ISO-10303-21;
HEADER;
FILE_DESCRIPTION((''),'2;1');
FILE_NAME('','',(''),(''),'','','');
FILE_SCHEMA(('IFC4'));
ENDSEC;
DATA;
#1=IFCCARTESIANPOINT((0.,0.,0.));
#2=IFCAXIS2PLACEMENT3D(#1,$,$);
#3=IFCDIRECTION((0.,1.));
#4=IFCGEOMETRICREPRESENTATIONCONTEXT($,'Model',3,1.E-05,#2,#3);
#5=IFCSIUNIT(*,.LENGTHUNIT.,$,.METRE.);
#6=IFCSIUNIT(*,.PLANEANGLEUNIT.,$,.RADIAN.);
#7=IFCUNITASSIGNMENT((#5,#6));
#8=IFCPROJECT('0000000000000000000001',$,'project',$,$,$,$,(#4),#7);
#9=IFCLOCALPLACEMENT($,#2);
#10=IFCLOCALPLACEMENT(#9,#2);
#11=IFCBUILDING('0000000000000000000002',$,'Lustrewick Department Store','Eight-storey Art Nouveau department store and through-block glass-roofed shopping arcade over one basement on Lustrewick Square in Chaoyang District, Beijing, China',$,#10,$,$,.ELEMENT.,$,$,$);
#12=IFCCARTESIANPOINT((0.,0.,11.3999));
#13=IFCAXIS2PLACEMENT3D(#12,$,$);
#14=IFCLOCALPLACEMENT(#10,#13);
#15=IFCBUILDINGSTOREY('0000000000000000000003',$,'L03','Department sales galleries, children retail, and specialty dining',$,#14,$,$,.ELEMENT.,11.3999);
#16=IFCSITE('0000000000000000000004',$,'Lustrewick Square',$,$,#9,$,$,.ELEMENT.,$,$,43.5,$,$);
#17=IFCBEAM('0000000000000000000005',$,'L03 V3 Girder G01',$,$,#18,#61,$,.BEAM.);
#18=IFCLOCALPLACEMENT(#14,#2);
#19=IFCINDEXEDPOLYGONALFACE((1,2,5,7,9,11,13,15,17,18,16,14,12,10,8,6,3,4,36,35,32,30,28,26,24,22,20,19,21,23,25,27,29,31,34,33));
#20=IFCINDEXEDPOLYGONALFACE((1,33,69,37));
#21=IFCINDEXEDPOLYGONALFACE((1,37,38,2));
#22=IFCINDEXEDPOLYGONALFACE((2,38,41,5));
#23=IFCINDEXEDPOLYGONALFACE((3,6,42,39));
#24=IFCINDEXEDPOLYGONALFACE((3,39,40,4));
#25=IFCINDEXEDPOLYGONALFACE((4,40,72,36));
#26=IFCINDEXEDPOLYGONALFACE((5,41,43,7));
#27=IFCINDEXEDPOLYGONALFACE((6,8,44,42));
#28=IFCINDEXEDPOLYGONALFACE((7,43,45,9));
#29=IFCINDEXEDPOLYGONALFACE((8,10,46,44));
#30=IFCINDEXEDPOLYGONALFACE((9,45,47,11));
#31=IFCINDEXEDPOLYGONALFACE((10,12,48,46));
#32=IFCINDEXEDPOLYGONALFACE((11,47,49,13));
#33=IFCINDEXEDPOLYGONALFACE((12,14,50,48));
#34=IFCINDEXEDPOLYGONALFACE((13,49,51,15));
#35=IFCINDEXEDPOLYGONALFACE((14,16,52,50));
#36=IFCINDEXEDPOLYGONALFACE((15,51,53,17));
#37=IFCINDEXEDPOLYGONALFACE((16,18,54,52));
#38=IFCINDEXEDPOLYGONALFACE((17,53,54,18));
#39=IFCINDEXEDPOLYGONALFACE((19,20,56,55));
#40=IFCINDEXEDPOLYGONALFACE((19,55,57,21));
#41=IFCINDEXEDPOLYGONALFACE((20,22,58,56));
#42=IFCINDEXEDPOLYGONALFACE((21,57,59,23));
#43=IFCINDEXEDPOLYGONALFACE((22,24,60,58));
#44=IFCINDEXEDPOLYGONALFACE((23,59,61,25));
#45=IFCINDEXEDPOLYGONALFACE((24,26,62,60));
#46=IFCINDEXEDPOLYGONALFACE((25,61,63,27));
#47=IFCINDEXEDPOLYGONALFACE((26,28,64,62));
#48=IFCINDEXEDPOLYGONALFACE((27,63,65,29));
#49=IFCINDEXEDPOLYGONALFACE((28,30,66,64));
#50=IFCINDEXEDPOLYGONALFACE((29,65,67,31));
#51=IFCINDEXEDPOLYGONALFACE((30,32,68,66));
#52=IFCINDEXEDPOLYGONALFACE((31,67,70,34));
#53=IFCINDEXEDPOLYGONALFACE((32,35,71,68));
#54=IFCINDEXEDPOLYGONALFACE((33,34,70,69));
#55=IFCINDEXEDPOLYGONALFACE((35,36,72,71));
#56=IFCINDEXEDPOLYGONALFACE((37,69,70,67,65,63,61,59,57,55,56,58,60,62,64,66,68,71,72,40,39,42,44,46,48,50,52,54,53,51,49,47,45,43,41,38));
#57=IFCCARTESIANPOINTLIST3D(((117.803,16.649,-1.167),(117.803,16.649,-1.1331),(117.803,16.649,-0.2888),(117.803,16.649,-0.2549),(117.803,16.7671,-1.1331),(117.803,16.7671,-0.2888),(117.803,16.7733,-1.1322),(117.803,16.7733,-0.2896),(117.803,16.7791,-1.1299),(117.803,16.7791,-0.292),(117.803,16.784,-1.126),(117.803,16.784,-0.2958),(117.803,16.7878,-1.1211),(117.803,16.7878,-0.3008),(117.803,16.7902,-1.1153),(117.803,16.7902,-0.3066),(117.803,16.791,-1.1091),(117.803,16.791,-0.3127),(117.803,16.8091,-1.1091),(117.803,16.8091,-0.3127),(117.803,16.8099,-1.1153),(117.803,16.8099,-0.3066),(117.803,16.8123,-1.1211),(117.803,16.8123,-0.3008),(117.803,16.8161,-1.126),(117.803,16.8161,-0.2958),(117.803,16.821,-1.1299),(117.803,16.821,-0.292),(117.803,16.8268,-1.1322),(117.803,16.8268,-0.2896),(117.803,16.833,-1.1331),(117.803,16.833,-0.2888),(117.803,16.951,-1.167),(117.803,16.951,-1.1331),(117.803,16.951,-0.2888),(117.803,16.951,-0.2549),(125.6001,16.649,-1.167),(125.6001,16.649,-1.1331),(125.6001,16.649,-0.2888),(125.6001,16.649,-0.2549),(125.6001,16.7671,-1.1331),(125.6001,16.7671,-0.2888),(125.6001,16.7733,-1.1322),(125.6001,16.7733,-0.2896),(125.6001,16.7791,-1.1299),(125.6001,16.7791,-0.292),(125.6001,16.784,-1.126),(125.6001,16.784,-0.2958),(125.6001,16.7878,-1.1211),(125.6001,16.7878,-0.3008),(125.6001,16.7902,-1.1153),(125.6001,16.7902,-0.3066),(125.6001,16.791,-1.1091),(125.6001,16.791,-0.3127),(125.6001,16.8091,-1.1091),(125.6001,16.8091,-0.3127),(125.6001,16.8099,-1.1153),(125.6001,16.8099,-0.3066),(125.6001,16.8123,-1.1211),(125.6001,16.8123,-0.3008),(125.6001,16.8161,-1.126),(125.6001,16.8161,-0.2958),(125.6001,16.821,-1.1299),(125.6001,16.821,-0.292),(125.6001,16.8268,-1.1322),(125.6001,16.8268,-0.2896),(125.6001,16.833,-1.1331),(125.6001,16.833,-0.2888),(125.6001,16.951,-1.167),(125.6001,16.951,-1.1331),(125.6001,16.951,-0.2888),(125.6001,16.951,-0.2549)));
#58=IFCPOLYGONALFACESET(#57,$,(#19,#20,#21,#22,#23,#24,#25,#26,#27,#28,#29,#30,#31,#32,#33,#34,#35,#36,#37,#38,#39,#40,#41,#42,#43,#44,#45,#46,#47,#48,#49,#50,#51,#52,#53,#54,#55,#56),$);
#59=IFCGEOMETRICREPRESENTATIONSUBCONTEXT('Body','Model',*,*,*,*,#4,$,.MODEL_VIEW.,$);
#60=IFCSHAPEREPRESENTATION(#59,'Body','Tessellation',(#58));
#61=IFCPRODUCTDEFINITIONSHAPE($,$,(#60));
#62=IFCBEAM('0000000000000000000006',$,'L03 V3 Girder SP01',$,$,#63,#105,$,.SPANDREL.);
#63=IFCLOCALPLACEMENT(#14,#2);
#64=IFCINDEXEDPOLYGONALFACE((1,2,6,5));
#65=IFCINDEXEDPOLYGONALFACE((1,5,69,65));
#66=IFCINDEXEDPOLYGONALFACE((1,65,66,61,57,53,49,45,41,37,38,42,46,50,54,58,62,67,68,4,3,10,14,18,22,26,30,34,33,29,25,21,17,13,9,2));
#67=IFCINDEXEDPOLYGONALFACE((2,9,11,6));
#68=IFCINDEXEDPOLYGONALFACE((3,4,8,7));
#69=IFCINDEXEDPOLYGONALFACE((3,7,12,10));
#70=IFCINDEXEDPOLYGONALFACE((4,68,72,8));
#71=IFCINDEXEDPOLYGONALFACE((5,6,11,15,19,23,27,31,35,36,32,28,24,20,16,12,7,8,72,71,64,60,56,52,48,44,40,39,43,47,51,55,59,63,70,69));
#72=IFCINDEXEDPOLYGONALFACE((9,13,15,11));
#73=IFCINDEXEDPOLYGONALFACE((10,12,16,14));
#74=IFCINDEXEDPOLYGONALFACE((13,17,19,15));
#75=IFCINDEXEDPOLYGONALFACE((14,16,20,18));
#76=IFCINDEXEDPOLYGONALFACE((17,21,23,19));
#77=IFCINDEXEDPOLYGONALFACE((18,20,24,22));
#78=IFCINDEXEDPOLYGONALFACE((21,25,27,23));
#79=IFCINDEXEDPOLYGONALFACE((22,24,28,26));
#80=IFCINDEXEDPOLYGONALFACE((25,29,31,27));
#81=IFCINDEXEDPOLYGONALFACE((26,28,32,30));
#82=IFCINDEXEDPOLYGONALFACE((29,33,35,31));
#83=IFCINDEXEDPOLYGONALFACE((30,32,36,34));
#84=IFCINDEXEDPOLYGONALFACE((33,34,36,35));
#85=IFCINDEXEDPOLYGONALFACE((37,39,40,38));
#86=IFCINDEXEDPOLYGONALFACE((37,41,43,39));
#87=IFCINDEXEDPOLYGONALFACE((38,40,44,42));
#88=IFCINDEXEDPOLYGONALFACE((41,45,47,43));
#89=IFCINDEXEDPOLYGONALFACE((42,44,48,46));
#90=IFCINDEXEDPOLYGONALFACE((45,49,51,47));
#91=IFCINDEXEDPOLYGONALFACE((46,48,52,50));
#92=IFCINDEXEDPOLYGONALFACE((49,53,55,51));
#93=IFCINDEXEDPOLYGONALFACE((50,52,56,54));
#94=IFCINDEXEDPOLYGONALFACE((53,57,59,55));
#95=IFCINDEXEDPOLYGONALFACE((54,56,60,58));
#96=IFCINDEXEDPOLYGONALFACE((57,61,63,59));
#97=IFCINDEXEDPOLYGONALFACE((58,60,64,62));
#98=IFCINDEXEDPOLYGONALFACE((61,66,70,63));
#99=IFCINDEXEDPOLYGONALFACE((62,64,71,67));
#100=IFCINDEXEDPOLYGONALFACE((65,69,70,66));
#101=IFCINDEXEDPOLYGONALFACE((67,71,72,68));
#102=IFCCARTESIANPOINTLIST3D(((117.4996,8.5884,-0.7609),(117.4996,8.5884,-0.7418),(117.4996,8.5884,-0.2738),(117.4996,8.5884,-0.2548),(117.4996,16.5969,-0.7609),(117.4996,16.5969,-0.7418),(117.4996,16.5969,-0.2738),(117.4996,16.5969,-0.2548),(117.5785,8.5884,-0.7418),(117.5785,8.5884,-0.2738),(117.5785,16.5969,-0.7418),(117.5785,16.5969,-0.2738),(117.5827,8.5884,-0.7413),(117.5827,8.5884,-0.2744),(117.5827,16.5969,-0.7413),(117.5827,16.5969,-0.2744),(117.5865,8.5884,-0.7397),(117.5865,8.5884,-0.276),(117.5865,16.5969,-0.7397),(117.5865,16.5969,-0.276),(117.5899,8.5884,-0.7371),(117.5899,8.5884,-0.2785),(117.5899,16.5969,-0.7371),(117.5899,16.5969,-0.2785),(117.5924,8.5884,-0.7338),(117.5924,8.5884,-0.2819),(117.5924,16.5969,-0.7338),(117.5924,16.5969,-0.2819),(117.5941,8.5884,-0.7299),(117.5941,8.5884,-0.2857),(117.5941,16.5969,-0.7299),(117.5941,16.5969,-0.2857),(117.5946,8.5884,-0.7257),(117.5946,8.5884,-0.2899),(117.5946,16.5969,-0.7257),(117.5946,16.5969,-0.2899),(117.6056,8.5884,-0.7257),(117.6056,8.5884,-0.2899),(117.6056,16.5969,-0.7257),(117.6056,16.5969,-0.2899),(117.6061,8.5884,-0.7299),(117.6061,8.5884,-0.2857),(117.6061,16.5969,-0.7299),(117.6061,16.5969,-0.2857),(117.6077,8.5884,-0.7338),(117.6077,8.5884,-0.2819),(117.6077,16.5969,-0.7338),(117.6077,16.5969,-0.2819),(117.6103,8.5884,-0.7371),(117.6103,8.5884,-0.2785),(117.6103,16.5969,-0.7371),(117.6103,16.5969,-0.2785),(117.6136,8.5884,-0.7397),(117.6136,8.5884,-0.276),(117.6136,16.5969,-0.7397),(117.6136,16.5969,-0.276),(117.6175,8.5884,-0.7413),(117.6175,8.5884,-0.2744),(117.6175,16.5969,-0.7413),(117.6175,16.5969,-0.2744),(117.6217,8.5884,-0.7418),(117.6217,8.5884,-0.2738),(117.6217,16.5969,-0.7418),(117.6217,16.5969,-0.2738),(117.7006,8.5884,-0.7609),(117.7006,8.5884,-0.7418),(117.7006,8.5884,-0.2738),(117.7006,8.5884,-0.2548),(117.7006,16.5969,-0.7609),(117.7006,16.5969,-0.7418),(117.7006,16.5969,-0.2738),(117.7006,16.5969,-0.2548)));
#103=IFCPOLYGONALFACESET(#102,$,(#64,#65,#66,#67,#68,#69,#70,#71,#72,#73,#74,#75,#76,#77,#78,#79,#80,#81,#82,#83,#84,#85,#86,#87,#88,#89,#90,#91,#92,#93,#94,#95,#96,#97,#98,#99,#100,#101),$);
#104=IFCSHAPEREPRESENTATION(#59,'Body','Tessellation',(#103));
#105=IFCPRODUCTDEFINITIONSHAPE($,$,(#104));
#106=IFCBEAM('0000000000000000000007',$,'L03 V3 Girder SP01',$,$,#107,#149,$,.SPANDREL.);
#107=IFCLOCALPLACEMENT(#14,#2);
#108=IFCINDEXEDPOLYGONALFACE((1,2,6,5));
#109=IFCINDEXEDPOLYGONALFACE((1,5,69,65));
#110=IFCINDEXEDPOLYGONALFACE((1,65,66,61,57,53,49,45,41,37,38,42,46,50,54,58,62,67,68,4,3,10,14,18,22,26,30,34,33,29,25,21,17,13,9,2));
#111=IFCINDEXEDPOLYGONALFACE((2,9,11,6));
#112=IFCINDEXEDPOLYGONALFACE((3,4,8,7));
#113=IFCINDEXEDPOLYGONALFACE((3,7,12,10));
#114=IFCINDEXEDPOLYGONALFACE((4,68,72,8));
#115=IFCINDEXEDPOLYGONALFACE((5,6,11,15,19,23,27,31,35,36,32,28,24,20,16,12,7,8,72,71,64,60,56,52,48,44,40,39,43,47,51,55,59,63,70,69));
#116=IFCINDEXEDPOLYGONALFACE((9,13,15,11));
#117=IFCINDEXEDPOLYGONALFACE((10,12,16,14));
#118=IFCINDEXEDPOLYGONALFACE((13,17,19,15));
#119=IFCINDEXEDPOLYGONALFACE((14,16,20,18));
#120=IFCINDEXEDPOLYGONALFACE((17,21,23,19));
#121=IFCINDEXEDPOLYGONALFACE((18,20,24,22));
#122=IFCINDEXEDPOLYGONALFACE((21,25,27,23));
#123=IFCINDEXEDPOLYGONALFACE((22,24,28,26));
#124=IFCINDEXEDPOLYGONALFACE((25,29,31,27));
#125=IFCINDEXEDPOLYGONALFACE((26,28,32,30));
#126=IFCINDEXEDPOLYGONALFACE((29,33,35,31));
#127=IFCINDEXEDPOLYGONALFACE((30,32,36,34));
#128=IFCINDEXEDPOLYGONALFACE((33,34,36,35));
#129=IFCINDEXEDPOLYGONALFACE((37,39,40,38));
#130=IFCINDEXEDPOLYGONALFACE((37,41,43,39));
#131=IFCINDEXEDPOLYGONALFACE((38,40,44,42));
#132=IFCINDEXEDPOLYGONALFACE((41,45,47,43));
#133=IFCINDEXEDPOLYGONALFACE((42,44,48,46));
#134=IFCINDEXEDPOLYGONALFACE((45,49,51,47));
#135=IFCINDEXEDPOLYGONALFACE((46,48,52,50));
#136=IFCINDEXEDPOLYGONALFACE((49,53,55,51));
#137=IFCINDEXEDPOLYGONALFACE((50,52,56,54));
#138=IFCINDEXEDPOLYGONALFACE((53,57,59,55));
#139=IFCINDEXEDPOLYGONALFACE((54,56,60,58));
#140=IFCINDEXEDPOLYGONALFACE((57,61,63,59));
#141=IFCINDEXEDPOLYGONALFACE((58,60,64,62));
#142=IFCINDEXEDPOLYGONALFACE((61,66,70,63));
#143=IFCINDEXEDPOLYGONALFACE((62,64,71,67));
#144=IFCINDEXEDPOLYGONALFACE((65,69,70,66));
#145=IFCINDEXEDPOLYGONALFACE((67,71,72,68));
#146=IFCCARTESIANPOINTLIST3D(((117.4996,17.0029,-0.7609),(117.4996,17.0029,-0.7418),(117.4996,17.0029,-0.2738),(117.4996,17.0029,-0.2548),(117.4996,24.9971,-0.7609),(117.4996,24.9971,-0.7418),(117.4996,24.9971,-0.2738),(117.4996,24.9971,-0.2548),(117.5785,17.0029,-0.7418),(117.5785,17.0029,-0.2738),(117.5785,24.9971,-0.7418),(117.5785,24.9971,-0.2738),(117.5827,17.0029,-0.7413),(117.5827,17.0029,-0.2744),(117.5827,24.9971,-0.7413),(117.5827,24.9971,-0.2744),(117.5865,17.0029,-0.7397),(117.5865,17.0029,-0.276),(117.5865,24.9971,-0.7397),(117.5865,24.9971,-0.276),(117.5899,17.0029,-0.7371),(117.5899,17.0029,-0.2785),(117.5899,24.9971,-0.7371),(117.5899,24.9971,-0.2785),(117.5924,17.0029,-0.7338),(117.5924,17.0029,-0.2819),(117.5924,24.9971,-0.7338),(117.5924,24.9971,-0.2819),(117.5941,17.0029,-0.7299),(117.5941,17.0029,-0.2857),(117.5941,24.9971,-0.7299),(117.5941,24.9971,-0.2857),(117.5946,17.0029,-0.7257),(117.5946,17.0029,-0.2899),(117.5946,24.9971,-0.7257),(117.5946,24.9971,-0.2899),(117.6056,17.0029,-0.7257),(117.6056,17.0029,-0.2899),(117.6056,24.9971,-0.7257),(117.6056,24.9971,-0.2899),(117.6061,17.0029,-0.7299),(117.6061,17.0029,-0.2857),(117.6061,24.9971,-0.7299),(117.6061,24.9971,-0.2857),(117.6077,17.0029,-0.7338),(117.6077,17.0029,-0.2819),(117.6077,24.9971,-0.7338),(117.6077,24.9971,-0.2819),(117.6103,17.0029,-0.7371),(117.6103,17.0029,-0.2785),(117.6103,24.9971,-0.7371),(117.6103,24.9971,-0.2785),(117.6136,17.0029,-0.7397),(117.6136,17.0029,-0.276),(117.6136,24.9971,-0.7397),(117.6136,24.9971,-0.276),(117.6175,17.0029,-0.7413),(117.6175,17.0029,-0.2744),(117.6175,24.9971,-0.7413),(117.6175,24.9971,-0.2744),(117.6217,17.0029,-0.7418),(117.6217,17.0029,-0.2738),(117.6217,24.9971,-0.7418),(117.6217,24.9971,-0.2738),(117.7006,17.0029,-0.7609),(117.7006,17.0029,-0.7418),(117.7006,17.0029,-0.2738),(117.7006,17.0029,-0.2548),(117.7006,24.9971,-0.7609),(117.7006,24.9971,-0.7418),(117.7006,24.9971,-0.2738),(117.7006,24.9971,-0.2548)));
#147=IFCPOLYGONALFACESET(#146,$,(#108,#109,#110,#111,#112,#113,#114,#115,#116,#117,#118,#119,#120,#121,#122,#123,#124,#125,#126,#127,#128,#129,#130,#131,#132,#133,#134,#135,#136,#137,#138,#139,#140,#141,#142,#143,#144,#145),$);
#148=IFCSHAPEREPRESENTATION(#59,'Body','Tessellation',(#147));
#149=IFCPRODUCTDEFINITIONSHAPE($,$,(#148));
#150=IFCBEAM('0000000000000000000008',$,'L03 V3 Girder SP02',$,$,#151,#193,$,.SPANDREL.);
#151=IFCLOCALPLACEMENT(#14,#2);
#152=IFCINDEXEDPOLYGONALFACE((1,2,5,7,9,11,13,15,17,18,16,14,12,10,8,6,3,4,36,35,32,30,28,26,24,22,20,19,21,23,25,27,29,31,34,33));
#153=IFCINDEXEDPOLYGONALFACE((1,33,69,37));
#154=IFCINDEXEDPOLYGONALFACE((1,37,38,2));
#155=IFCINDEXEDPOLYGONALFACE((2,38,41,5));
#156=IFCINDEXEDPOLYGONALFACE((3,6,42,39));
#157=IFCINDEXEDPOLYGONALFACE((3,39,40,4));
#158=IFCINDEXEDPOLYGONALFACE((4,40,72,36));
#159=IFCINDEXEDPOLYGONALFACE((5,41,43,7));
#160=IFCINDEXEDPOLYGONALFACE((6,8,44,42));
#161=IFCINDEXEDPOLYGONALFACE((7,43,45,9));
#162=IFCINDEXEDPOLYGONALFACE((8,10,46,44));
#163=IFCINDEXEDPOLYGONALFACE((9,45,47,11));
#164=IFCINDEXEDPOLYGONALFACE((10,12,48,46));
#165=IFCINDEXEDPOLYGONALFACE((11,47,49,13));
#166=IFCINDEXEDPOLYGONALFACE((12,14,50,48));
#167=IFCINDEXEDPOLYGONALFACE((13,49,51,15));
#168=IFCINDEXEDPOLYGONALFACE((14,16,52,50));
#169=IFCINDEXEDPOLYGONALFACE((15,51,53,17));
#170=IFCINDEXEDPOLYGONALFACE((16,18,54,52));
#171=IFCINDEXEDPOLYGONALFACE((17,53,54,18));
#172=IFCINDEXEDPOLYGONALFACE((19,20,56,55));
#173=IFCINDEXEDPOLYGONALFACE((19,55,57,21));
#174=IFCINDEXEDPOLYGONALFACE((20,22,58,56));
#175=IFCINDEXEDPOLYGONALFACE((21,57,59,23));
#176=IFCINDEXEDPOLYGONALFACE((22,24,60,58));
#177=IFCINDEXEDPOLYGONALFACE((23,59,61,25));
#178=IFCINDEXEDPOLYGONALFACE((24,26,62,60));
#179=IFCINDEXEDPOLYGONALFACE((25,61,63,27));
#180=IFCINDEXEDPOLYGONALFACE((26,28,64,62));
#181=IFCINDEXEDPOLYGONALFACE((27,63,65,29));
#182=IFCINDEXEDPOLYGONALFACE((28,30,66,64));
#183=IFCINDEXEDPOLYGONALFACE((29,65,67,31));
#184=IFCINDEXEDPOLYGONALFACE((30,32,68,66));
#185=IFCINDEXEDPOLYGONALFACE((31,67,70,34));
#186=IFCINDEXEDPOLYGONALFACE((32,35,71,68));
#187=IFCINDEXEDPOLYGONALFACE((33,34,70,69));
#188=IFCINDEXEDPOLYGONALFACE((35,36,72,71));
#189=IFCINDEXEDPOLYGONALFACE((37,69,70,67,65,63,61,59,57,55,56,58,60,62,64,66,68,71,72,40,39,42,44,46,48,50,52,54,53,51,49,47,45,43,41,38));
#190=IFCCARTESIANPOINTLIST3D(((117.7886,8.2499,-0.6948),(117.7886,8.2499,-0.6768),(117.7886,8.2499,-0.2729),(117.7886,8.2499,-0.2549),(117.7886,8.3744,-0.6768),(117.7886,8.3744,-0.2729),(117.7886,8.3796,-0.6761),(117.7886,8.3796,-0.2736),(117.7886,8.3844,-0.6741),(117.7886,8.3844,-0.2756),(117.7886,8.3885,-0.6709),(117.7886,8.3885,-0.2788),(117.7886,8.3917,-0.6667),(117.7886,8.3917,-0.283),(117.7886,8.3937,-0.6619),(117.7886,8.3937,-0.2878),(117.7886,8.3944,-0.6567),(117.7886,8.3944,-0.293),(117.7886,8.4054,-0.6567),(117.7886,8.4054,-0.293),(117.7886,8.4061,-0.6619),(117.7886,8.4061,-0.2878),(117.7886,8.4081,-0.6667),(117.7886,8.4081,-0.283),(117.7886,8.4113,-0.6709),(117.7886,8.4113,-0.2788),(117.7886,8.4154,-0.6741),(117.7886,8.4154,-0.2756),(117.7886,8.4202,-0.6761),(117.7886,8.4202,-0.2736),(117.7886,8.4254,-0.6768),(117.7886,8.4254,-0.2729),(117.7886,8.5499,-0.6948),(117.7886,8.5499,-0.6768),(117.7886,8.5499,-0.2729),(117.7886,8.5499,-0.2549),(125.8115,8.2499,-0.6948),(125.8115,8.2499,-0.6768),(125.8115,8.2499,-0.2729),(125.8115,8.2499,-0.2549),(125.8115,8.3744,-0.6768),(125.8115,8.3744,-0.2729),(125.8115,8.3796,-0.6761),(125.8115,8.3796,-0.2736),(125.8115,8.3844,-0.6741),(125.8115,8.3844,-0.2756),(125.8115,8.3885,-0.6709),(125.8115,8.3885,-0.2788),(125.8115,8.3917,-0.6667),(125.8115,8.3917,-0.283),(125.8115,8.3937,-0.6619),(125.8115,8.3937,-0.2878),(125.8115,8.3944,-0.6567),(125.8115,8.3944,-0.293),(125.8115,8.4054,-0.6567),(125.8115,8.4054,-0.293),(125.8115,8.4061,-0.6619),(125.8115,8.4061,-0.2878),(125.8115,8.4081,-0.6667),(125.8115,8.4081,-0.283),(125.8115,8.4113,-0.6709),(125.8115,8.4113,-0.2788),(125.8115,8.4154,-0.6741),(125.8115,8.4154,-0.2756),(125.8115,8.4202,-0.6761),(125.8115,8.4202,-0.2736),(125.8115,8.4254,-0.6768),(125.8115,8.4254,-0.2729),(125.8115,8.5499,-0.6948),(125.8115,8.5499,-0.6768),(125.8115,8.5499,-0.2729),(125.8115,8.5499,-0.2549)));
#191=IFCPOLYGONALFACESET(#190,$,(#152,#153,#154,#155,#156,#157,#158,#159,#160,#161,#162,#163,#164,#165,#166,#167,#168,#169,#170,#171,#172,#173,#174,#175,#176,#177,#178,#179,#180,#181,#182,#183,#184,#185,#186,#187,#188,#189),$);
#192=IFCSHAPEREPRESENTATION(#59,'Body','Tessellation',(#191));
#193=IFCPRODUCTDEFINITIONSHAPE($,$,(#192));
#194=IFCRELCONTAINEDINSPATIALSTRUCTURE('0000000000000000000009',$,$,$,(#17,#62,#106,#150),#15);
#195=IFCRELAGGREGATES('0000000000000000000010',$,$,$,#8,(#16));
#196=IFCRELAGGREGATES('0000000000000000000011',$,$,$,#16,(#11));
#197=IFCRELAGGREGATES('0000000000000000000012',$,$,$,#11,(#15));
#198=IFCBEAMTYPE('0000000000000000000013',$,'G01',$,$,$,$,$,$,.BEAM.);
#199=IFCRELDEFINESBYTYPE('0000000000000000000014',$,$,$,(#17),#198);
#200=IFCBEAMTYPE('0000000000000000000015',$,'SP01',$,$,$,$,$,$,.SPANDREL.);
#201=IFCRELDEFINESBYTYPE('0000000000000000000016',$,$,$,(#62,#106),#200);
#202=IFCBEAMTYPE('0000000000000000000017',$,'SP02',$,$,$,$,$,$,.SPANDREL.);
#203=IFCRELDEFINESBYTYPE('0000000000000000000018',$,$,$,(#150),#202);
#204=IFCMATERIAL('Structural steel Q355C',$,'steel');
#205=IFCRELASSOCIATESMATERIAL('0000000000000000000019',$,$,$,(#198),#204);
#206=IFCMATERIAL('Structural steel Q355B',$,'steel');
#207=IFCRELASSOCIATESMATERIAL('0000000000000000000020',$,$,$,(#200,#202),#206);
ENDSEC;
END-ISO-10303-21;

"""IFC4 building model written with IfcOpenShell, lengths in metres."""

from ifc_helpers import new_model, si_unit, direction, frame, origin, origin_2d, place, context, subcontext, project, spatial, i_section, extrude, material, material_profile, profile_set, type_object, element, save


model = new_model("IFC4")

# Units and contexts
model_context = context("Model", 3, precision=1e-05, world=origin(), true_north=direction((0.0, 1.0)))
body_context = subcontext(model_context, "Body", "Model", "MODEL_VIEW")
ifc_project = project(units=[si_unit("LENGTHUNIT", "METRE"), si_unit("PLANEANGLEUNIT", "RADIAN")], contexts=[model_context])

# Site, building, storey
site_placement = place(None, origin())
site = spatial("IfcSite", under=ifc_project, at=site_placement, Name="Lustrewick Square", CompositionType="ELEMENT", RefElevation=43.5)
building_placement = place(site_placement, origin())
building = spatial("IfcBuilding", under=site, at=building_placement, Name="Lustrewick Department Store", Description="Eight-storey Art Nouveau department store and through-block glass-roofed shopping arcade over one basement on Lustrewick Square in Chaoyang District, Beijing, China", CompositionType="ELEMENT")
storey_placement = place(building_placement, frame((0.0, 0.0, 11.3999)))
storey = spatial("IfcBuildingStorey", under=building, at=storey_placement, Name="L03", Description="Department sales galleries, children retail, and specialty dining", CompositionType="ELEMENT", Elevation=11.3999)

# Shared definitions
ifc_material_1 = material(Name="Structural steel Q355C", Category="steel")
ifc_material_2 = material(Name="Structural steel Q355B", Category="steel")

# Beams
ifc_material_profile_1 = material_profile(ifc_material_1, i_section(OverallWidth=0.302, OverallDepth=0.9121, WebThickness=0.0181, FlangeThickness=0.0339, FilletRadius=0.0239, at=origin_2d()), Name="HN 912x302x18x34")
ifc_profile_set_1 = profile_set([ifc_material_profile_1], Name="Structural steel Q355C")
beam_type_1 = type_object("IfcBeamType", Name="G01", PredefinedType="BEAM", material=ifc_profile_set_1)
beam_1_placement = place(storey_placement, frame((117.803, 16.8, -0.7109), z_axis=(1.0, 0.0, 0.0), x_axis=(0.0, 1.0, 0.0)))
element("IfcBeam", 1, at=beam_1_placement, inside=storey, type_object=beam_type_1, Name="L03 V3 Girder G01", PredefinedType="BEAM", context=body_context, shape_type="SweptSolid", body=[
    extrude(i_section(OverallWidth=0.302, OverallDepth=0.9121, WebThickness=0.0181, FlangeThickness=0.0339, FilletRadius=0.0239, at=origin_2d()), origin(), (0.0, 0.0, 1.0), 7.7971),
])
ifc_material_profile_2 = material_profile(ifc_material_2, i_section(OverallWidth=0.2009, OverallDepth=0.5061, WebThickness=0.011, FlangeThickness=0.019, FilletRadius=0.0161, at=origin_2d()), Name="HN 506x201x11x19")
ifc_profile_set_2 = profile_set([ifc_material_profile_2], Name="Structural steel Q355B")
beam_type_2 = type_object("IfcBeamType", Name="SP01", PredefinedType="SPANDREL", material=ifc_profile_set_2)
beam_2_placement = place(storey_placement, frame((117.6001, 8.5884, -0.5078), z_axis=(0.0, 1.0, 0.0), x_axis=(-1.0, 0.0, 0.0)))
element("IfcBeam", 2, at=beam_2_placement, inside=storey, type_object=beam_type_2, Name="L03 V3 Girder SP01", PredefinedType="SPANDREL", context=body_context, shape_type="SweptSolid", body=[
    extrude(i_section(OverallWidth=0.2009, OverallDepth=0.5061, WebThickness=0.011, FlangeThickness=0.019, FilletRadius=0.0161, at=origin_2d()), origin(), (0.0, 0.0, 1.0), 8.0085),
])
beam_3_placement = place(storey_placement, frame((117.6001, 17.0029, -0.5078), z_axis=(0.0, 1.0, 0.0), x_axis=(-1.0, 0.0, 0.0)))
element("IfcBeam", 3, at=beam_3_placement, inside=storey, type_object=beam_type_2, Name="L03 V3 Girder SP01", PredefinedType="SPANDREL", context=body_context, shape_type="SweptSolid", body=[
    extrude(i_section(OverallWidth=0.2009, OverallDepth=0.5061, WebThickness=0.011, FlangeThickness=0.019, FilletRadius=0.0161, at=origin_2d()), origin(), (0.0, 0.0, 1.0), 7.9941),
])
ifc_material_profile_3 = material_profile(ifc_material_2, i_section(OverallWidth=0.3, OverallDepth=0.4399, WebThickness=0.011, FlangeThickness=0.0181, FilletRadius=0.02, at=origin_2d()), Name="HM 440x300x11x18")
ifc_profile_set_3 = profile_set([ifc_material_profile_3], Name="Structural steel Q355B")
beam_type_3 = type_object("IfcBeamType", Name="SP02", PredefinedType="SPANDREL", material=ifc_profile_set_3)
beam_4_placement = place(storey_placement, frame((117.7886, 8.3999, -0.4749), z_axis=(1.0, 0.0, 0.0), x_axis=(0.0, 1.0, 0.0)))
element("IfcBeam", 4, at=beam_4_placement, inside=storey, type_object=beam_type_3, Name="L03 V3 Girder SP02", PredefinedType="SPANDREL", context=body_context, shape_type="SweptSolid", body=[
    extrude(i_section(OverallWidth=0.3, OverallDepth=0.4399, WebThickness=0.011, FlangeThickness=0.0181, FilletRadius=0.02, at=origin_2d()), origin(), (0.0, 0.0, 1.0), 8.0229),
])

save(model, "model.ifc")
